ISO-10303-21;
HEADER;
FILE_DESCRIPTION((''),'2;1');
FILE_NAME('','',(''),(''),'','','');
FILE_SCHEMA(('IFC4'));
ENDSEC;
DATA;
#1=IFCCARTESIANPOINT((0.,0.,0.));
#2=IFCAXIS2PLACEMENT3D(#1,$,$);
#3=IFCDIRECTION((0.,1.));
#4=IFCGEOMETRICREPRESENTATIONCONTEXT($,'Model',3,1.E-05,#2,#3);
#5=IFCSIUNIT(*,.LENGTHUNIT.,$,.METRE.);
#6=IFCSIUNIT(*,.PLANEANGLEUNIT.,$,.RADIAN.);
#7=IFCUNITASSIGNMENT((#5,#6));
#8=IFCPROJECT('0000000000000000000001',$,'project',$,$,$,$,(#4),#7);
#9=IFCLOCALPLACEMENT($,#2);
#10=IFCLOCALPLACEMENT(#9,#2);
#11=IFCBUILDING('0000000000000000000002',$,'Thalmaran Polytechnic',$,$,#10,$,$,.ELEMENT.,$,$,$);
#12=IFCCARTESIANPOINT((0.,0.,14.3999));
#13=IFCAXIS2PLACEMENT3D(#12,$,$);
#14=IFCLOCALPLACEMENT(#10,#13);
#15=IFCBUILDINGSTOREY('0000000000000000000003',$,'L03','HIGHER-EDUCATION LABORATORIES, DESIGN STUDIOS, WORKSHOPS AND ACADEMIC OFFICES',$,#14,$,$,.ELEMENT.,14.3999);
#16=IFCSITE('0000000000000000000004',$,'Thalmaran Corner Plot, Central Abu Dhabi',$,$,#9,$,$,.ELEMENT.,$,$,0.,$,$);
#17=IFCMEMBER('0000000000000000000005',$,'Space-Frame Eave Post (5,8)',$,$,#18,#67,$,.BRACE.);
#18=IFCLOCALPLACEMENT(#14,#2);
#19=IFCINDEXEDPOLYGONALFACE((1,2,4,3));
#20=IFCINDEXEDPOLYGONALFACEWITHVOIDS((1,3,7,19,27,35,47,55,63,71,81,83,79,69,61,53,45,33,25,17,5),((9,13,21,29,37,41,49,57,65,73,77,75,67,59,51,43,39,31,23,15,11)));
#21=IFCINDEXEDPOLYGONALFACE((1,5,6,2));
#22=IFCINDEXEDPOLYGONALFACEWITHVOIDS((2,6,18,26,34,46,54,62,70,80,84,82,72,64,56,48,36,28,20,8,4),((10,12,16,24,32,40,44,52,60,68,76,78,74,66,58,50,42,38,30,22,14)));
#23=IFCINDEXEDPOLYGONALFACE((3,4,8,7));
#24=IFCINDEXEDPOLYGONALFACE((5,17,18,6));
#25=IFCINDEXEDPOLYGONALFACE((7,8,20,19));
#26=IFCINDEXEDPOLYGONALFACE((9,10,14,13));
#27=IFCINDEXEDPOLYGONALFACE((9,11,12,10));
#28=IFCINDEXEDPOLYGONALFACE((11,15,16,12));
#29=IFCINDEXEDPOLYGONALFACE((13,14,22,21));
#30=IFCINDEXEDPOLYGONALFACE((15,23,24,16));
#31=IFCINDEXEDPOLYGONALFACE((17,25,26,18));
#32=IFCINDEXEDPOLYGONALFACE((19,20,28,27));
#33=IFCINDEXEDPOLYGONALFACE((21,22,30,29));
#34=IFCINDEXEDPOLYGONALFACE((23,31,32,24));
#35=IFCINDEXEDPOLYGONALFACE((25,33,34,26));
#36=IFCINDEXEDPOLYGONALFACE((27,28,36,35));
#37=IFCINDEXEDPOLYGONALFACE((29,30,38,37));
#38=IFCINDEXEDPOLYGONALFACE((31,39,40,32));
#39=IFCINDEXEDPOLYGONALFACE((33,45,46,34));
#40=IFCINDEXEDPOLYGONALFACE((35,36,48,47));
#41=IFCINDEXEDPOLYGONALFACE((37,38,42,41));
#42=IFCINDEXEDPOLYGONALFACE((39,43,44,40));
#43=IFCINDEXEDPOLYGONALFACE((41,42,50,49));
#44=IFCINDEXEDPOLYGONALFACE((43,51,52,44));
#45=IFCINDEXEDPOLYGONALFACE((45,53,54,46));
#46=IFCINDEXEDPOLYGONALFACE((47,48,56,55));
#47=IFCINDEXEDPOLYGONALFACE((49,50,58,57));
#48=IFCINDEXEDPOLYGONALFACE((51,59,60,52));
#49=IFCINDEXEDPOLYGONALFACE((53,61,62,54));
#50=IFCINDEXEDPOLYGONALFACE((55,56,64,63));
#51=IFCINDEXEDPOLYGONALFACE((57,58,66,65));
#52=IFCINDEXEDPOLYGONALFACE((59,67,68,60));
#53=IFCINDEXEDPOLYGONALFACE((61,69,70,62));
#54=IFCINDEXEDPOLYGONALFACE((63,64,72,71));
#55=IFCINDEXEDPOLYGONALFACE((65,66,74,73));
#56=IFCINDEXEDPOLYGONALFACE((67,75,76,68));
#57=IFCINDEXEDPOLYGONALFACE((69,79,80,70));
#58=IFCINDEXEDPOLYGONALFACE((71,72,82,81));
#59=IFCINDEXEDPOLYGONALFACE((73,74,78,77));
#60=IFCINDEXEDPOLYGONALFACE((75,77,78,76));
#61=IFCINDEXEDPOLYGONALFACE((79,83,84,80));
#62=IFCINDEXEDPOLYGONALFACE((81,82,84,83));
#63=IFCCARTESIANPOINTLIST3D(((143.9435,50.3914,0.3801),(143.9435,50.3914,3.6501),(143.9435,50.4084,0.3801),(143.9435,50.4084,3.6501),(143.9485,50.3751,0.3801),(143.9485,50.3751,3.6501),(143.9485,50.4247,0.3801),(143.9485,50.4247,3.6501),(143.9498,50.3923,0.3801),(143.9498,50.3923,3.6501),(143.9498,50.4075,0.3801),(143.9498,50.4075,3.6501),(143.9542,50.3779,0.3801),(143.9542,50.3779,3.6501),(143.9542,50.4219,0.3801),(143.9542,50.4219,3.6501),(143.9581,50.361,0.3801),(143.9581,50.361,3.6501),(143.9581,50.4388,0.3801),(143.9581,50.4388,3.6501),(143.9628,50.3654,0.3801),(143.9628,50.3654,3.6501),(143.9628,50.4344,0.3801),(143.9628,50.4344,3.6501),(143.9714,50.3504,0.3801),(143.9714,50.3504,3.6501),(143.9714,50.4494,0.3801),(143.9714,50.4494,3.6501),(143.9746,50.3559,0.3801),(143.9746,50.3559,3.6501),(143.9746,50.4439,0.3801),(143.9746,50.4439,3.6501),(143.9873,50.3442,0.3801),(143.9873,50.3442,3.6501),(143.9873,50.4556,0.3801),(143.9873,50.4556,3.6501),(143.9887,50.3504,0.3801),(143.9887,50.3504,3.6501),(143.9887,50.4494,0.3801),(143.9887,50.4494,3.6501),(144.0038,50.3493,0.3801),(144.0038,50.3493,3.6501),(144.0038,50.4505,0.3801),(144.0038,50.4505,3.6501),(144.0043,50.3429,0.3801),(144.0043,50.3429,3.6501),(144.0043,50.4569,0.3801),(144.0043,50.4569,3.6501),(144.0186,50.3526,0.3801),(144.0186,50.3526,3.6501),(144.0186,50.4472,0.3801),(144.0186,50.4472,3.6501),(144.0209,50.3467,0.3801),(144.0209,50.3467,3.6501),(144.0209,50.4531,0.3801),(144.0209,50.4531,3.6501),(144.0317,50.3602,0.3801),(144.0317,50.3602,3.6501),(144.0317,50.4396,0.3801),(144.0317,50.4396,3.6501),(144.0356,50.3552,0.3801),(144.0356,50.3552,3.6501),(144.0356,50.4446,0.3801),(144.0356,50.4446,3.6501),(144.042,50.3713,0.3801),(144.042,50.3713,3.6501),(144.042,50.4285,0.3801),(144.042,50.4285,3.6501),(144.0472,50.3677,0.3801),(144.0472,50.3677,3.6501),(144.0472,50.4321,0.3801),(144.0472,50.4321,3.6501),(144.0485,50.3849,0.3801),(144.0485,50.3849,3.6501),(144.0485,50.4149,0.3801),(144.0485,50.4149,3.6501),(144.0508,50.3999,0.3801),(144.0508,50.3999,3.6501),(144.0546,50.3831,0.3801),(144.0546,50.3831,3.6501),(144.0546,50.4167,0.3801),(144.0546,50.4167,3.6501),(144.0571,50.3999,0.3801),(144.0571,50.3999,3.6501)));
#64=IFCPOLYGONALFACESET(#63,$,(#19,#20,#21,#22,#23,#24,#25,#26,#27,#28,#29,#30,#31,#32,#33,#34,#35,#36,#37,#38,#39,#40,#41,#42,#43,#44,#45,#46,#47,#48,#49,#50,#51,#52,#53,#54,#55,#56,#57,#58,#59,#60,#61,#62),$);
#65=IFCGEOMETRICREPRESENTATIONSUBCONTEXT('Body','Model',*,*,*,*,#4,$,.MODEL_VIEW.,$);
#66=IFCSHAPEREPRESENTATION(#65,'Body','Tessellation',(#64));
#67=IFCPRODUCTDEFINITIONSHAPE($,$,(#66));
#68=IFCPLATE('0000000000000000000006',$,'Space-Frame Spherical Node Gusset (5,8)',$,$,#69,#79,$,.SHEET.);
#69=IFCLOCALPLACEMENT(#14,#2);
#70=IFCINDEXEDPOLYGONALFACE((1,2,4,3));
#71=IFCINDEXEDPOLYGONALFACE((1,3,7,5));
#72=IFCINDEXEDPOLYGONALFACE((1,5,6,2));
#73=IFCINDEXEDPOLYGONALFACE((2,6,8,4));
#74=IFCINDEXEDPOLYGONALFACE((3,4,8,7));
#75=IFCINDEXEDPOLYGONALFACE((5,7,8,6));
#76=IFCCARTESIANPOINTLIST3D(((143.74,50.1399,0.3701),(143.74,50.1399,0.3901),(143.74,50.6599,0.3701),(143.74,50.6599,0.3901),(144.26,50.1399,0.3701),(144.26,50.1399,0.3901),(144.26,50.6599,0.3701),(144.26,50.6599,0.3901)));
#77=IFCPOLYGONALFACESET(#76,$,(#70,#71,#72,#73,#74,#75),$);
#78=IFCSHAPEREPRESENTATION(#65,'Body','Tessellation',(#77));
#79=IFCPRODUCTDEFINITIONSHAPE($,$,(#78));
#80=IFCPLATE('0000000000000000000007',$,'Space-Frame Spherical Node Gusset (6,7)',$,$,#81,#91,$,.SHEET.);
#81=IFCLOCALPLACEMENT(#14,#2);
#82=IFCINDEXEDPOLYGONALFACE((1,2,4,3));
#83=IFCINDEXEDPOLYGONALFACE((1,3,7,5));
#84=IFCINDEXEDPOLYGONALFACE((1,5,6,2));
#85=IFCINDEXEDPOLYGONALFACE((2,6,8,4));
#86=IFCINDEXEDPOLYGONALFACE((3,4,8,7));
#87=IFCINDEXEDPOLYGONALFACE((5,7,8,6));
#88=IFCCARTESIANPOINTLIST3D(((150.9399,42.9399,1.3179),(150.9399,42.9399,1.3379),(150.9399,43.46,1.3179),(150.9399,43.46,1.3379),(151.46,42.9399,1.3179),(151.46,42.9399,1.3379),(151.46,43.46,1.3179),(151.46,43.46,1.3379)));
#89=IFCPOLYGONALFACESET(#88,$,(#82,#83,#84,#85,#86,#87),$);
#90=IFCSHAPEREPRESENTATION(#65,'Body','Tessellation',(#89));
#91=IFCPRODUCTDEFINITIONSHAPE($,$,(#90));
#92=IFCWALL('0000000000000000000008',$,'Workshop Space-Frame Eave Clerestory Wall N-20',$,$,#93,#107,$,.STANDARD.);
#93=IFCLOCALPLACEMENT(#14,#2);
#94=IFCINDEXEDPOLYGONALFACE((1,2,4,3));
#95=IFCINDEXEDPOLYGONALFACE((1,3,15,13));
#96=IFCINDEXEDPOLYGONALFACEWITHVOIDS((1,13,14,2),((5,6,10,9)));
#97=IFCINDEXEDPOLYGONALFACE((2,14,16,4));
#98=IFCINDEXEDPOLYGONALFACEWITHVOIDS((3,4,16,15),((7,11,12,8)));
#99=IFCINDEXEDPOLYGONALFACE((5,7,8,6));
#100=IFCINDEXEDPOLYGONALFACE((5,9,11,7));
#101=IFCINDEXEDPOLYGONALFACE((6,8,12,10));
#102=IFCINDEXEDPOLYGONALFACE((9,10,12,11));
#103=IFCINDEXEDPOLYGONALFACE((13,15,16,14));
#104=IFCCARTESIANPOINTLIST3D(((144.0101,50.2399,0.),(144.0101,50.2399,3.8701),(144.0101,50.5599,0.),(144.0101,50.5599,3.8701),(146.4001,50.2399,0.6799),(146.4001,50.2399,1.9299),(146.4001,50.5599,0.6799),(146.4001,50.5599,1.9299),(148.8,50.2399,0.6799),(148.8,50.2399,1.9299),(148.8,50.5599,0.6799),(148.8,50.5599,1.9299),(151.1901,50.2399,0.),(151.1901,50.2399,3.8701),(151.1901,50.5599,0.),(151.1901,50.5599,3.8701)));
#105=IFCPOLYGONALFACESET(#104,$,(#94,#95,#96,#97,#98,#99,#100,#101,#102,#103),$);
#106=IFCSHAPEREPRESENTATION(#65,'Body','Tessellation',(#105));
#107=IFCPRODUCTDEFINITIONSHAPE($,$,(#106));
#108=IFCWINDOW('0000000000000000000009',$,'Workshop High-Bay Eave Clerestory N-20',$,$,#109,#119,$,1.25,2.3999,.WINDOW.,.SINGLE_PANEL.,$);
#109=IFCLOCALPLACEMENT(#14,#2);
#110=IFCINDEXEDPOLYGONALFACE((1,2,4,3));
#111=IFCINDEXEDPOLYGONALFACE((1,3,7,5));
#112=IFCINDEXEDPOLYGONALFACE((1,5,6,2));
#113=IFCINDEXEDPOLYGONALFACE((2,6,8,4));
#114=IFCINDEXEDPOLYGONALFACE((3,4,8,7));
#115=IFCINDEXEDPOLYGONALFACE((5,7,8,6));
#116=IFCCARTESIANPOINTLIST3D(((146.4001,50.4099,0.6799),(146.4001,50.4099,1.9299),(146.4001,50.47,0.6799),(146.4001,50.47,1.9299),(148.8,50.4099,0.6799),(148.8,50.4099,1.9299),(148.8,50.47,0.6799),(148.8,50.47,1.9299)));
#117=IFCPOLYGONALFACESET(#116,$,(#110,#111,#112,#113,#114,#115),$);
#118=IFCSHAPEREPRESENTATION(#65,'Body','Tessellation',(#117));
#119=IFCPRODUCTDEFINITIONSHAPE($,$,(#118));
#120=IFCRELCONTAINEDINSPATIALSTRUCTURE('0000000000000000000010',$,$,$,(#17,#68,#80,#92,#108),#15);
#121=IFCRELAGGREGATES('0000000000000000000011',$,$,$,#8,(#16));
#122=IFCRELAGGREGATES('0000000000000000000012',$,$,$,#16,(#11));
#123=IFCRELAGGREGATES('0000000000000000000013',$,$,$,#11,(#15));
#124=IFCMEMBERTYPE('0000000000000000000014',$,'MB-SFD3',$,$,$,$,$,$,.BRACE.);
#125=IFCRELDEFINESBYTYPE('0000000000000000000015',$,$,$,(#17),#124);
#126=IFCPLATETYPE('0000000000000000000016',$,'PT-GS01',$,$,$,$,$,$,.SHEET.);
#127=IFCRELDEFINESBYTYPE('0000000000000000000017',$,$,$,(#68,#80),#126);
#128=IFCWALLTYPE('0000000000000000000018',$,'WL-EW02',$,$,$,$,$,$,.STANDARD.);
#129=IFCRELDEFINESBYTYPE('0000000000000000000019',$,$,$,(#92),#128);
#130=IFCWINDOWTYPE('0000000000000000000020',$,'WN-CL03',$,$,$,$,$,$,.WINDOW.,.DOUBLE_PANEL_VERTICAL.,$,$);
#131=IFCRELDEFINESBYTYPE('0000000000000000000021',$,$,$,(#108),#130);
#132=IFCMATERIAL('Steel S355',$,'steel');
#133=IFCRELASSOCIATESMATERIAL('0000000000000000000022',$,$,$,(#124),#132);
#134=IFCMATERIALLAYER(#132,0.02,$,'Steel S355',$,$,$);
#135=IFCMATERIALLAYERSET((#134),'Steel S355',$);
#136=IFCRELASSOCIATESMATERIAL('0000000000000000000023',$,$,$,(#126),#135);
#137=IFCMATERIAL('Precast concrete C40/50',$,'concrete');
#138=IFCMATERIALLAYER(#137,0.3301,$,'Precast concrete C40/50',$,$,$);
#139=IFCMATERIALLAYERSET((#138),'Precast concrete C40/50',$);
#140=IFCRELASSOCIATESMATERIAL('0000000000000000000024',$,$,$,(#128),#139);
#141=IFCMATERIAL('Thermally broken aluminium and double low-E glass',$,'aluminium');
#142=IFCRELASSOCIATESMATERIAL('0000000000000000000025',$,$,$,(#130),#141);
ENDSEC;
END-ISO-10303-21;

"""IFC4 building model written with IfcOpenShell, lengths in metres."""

from ifc_helpers import new_model, si_unit, direction, frame, frame_2d, origin, origin_2d, place, context, subcontext, project, spatial, rectangle, hollow_circle, extrude, material, layer, layer_set, material_profile, profile_set, type_object, element, fill, save


model = new_model("IFC4")

# Units and contexts
model_context = context("Model", 3, precision=1e-05, world=origin(), true_north=direction((0.0, 1.0)))
body_context = subcontext(model_context, "Body", "Model", "MODEL_VIEW")
ifc_project = project(units=[si_unit("LENGTHUNIT", "METRE"), si_unit("PLANEANGLEUNIT", "RADIAN")], contexts=[model_context])

# Site, building, storey
site_placement = place(None, origin())
site = spatial("IfcSite", under=ifc_project, at=site_placement, Name="Thalmaran Corner Plot, Central Abu Dhabi", CompositionType="ELEMENT", RefElevation=0.0)
building_placement = place(site_placement, origin())
building = spatial("IfcBuilding", under=site, at=building_placement, Name="Thalmaran Polytechnic", CompositionType="ELEMENT")
storey_placement = place(building_placement, frame((0.0, 0.0, 14.3999)))
storey = spatial("IfcBuildingStorey", under=building, at=storey_placement, Name="L03", Description="HIGHER-EDUCATION LABORATORIES, DESIGN STUDIOS, WORKSHOPS AND ACADEMIC OFFICES", CompositionType="ELEMENT", Elevation=14.3999)

# Shared definitions
ifc_material_1 = material(Name="Steel S355", Category="steel")

# Member
ifc_material_profile_1 = material_profile(ifc_material_1, hollow_circle(Radius=0.0571, WallThickness=0.0063, at=origin_2d()), Name="CHS 114.3x6.3")
ifc_profile_set_1 = profile_set([ifc_material_profile_1], Name="Steel S355")
member_type_1 = type_object("IfcMemberType", Name="MB-SFD3", PredefinedType="BRACE", material=ifc_profile_set_1)
member_1_placement = place(storey_placement, frame((144.0, 50.3999, 0.3801), z_axis=(0.0, 0.0, 1.0), x_axis=(1.0, 0.0, 0.0)))
element("IfcMember", 1, at=member_1_placement, inside=storey, type_object=member_type_1, Name="Space-Frame Eave Post (5,8)", PredefinedType="BRACE", context=body_context, shape_type="SweptSolid", body=[
    extrude(hollow_circle(Radius=0.0571, WallThickness=0.0063, at=origin_2d()), origin(), (0.0, 0.0, 1.0), 3.27),
])

# Plates
ifc_layer_1 = layer(ifc_material_1, 0.02, Name="Steel S355")
ifc_layer_set_1 = layer_set([ifc_layer_1], Name="Steel S355")
plate_type = type_object("IfcPlateType", Name="PT-GS01", PredefinedType="SHEET", material=ifc_layer_set_1)
for number, where, z_axis, x_axis, name in (
    (2, (144.0, 50.3999, 0.3701), (0.0, 0.0, 1.0), (1.0, 0.0, 0.0), "Space-Frame Spherical Node Gusset (5,8)"),
    (3, (151.2, 43.2, 1.3179), (0.0, 0.0, 1.0), (1.0, 0.0, 0.0), "Space-Frame Spherical Node Gusset (6,7)"),
):
    element("IfcPlate", number, at=place(storey_placement, frame(where, z_axis=z_axis, x_axis=x_axis)), inside=storey, type_object=plate_type, Name=name, PredefinedType="SHEET", context=body_context, shape_type="SweptSolid", body=[
        extrude(rectangle(XDim=0.52, YDim=0.52, at=origin_2d()), origin(), (0.0, 0.0, 1.0), 0.02),
    ])

# Wall, opening, window
ifc_material_2 = material(Name="Precast concrete C40/50", Category="concrete")
ifc_layer_2 = layer(ifc_material_2, 0.3301, Name="Precast concrete C40/50")
ifc_layer_set_2 = layer_set([ifc_layer_2], Name="Precast concrete C40/50")
wall_type = type_object("IfcWallType", Name="WL-EW02", PredefinedType="STANDARD", material=ifc_layer_set_2)
wall_placement = place(storey_placement, frame((151.1899, 50.3999, 0.0), z_axis=(0.0, 0.0, 1.0), x_axis=(-1.0, 0.0, 0.0)))
wall = element("IfcWall", 4, at=wall_placement, inside=storey, type_object=wall_type, Name="Workshop Space-Frame Eave Clerestory Wall N-20", PredefinedType="STANDARD", context=body_context, shape_type="SweptSolid", body=[
    extrude(rectangle(XDim=7.1799, YDim=0.3201, at=frame_2d((3.5898, 0.0))), origin(), (0.0, 0.0, 1.0), 3.8701),
])
opening_placement = place(wall_placement, frame((2.3899, 0.0, 0.6799)))
opening = element("IfcOpeningElement", 5, at=opening_placement, cuts=wall, PredefinedType="OPENING", context=body_context, shape_type="SweptSolid", body=[
    extrude(rectangle(XDim=2.3999, YDim=1.25, at=frame_2d((1.2, 0.625))), frame((0.0, 0.1699, 0.0), z_axis=(0.0, -1.0, 0.0), x_axis=(1.0, 0.0, 0.0)), (0.0, 0.0, 1.0), 0.3401),
])
ifc_material_3 = material(Name="Thermally broken aluminium and double low-E glass", Category="aluminium")
window_type = type_object("IfcWindowType", Name="WN-CL03", PartitioningType="DOUBLE_PANEL_VERTICAL", PredefinedType="WINDOW", material=ifc_material_3)
window_placement = place(opening_placement, origin())
window = element("IfcWindow", 6, at=window_placement, inside=storey, type_object=window_type, Name="Workshop High-Bay Eave Clerestory N-20", OverallHeight=1.25, OverallWidth=2.3999, PartitioningType="SINGLE_PANEL", PredefinedType="WINDOW", context=body_context, shape_type="SweptSolid", body=[
    extrude(rectangle(XDim=2.3999, YDim=1.25, at=frame_2d((1.2, 0.625))), frame((0.0, -0.01, 0.0), z_axis=(0.0, -1.0, 0.0), x_axis=(1.0, 0.0, 0.0)), (0.0, 0.0, 1.0), 0.0601),
])
fill(opening, window)

save(model, "model.ifc")
